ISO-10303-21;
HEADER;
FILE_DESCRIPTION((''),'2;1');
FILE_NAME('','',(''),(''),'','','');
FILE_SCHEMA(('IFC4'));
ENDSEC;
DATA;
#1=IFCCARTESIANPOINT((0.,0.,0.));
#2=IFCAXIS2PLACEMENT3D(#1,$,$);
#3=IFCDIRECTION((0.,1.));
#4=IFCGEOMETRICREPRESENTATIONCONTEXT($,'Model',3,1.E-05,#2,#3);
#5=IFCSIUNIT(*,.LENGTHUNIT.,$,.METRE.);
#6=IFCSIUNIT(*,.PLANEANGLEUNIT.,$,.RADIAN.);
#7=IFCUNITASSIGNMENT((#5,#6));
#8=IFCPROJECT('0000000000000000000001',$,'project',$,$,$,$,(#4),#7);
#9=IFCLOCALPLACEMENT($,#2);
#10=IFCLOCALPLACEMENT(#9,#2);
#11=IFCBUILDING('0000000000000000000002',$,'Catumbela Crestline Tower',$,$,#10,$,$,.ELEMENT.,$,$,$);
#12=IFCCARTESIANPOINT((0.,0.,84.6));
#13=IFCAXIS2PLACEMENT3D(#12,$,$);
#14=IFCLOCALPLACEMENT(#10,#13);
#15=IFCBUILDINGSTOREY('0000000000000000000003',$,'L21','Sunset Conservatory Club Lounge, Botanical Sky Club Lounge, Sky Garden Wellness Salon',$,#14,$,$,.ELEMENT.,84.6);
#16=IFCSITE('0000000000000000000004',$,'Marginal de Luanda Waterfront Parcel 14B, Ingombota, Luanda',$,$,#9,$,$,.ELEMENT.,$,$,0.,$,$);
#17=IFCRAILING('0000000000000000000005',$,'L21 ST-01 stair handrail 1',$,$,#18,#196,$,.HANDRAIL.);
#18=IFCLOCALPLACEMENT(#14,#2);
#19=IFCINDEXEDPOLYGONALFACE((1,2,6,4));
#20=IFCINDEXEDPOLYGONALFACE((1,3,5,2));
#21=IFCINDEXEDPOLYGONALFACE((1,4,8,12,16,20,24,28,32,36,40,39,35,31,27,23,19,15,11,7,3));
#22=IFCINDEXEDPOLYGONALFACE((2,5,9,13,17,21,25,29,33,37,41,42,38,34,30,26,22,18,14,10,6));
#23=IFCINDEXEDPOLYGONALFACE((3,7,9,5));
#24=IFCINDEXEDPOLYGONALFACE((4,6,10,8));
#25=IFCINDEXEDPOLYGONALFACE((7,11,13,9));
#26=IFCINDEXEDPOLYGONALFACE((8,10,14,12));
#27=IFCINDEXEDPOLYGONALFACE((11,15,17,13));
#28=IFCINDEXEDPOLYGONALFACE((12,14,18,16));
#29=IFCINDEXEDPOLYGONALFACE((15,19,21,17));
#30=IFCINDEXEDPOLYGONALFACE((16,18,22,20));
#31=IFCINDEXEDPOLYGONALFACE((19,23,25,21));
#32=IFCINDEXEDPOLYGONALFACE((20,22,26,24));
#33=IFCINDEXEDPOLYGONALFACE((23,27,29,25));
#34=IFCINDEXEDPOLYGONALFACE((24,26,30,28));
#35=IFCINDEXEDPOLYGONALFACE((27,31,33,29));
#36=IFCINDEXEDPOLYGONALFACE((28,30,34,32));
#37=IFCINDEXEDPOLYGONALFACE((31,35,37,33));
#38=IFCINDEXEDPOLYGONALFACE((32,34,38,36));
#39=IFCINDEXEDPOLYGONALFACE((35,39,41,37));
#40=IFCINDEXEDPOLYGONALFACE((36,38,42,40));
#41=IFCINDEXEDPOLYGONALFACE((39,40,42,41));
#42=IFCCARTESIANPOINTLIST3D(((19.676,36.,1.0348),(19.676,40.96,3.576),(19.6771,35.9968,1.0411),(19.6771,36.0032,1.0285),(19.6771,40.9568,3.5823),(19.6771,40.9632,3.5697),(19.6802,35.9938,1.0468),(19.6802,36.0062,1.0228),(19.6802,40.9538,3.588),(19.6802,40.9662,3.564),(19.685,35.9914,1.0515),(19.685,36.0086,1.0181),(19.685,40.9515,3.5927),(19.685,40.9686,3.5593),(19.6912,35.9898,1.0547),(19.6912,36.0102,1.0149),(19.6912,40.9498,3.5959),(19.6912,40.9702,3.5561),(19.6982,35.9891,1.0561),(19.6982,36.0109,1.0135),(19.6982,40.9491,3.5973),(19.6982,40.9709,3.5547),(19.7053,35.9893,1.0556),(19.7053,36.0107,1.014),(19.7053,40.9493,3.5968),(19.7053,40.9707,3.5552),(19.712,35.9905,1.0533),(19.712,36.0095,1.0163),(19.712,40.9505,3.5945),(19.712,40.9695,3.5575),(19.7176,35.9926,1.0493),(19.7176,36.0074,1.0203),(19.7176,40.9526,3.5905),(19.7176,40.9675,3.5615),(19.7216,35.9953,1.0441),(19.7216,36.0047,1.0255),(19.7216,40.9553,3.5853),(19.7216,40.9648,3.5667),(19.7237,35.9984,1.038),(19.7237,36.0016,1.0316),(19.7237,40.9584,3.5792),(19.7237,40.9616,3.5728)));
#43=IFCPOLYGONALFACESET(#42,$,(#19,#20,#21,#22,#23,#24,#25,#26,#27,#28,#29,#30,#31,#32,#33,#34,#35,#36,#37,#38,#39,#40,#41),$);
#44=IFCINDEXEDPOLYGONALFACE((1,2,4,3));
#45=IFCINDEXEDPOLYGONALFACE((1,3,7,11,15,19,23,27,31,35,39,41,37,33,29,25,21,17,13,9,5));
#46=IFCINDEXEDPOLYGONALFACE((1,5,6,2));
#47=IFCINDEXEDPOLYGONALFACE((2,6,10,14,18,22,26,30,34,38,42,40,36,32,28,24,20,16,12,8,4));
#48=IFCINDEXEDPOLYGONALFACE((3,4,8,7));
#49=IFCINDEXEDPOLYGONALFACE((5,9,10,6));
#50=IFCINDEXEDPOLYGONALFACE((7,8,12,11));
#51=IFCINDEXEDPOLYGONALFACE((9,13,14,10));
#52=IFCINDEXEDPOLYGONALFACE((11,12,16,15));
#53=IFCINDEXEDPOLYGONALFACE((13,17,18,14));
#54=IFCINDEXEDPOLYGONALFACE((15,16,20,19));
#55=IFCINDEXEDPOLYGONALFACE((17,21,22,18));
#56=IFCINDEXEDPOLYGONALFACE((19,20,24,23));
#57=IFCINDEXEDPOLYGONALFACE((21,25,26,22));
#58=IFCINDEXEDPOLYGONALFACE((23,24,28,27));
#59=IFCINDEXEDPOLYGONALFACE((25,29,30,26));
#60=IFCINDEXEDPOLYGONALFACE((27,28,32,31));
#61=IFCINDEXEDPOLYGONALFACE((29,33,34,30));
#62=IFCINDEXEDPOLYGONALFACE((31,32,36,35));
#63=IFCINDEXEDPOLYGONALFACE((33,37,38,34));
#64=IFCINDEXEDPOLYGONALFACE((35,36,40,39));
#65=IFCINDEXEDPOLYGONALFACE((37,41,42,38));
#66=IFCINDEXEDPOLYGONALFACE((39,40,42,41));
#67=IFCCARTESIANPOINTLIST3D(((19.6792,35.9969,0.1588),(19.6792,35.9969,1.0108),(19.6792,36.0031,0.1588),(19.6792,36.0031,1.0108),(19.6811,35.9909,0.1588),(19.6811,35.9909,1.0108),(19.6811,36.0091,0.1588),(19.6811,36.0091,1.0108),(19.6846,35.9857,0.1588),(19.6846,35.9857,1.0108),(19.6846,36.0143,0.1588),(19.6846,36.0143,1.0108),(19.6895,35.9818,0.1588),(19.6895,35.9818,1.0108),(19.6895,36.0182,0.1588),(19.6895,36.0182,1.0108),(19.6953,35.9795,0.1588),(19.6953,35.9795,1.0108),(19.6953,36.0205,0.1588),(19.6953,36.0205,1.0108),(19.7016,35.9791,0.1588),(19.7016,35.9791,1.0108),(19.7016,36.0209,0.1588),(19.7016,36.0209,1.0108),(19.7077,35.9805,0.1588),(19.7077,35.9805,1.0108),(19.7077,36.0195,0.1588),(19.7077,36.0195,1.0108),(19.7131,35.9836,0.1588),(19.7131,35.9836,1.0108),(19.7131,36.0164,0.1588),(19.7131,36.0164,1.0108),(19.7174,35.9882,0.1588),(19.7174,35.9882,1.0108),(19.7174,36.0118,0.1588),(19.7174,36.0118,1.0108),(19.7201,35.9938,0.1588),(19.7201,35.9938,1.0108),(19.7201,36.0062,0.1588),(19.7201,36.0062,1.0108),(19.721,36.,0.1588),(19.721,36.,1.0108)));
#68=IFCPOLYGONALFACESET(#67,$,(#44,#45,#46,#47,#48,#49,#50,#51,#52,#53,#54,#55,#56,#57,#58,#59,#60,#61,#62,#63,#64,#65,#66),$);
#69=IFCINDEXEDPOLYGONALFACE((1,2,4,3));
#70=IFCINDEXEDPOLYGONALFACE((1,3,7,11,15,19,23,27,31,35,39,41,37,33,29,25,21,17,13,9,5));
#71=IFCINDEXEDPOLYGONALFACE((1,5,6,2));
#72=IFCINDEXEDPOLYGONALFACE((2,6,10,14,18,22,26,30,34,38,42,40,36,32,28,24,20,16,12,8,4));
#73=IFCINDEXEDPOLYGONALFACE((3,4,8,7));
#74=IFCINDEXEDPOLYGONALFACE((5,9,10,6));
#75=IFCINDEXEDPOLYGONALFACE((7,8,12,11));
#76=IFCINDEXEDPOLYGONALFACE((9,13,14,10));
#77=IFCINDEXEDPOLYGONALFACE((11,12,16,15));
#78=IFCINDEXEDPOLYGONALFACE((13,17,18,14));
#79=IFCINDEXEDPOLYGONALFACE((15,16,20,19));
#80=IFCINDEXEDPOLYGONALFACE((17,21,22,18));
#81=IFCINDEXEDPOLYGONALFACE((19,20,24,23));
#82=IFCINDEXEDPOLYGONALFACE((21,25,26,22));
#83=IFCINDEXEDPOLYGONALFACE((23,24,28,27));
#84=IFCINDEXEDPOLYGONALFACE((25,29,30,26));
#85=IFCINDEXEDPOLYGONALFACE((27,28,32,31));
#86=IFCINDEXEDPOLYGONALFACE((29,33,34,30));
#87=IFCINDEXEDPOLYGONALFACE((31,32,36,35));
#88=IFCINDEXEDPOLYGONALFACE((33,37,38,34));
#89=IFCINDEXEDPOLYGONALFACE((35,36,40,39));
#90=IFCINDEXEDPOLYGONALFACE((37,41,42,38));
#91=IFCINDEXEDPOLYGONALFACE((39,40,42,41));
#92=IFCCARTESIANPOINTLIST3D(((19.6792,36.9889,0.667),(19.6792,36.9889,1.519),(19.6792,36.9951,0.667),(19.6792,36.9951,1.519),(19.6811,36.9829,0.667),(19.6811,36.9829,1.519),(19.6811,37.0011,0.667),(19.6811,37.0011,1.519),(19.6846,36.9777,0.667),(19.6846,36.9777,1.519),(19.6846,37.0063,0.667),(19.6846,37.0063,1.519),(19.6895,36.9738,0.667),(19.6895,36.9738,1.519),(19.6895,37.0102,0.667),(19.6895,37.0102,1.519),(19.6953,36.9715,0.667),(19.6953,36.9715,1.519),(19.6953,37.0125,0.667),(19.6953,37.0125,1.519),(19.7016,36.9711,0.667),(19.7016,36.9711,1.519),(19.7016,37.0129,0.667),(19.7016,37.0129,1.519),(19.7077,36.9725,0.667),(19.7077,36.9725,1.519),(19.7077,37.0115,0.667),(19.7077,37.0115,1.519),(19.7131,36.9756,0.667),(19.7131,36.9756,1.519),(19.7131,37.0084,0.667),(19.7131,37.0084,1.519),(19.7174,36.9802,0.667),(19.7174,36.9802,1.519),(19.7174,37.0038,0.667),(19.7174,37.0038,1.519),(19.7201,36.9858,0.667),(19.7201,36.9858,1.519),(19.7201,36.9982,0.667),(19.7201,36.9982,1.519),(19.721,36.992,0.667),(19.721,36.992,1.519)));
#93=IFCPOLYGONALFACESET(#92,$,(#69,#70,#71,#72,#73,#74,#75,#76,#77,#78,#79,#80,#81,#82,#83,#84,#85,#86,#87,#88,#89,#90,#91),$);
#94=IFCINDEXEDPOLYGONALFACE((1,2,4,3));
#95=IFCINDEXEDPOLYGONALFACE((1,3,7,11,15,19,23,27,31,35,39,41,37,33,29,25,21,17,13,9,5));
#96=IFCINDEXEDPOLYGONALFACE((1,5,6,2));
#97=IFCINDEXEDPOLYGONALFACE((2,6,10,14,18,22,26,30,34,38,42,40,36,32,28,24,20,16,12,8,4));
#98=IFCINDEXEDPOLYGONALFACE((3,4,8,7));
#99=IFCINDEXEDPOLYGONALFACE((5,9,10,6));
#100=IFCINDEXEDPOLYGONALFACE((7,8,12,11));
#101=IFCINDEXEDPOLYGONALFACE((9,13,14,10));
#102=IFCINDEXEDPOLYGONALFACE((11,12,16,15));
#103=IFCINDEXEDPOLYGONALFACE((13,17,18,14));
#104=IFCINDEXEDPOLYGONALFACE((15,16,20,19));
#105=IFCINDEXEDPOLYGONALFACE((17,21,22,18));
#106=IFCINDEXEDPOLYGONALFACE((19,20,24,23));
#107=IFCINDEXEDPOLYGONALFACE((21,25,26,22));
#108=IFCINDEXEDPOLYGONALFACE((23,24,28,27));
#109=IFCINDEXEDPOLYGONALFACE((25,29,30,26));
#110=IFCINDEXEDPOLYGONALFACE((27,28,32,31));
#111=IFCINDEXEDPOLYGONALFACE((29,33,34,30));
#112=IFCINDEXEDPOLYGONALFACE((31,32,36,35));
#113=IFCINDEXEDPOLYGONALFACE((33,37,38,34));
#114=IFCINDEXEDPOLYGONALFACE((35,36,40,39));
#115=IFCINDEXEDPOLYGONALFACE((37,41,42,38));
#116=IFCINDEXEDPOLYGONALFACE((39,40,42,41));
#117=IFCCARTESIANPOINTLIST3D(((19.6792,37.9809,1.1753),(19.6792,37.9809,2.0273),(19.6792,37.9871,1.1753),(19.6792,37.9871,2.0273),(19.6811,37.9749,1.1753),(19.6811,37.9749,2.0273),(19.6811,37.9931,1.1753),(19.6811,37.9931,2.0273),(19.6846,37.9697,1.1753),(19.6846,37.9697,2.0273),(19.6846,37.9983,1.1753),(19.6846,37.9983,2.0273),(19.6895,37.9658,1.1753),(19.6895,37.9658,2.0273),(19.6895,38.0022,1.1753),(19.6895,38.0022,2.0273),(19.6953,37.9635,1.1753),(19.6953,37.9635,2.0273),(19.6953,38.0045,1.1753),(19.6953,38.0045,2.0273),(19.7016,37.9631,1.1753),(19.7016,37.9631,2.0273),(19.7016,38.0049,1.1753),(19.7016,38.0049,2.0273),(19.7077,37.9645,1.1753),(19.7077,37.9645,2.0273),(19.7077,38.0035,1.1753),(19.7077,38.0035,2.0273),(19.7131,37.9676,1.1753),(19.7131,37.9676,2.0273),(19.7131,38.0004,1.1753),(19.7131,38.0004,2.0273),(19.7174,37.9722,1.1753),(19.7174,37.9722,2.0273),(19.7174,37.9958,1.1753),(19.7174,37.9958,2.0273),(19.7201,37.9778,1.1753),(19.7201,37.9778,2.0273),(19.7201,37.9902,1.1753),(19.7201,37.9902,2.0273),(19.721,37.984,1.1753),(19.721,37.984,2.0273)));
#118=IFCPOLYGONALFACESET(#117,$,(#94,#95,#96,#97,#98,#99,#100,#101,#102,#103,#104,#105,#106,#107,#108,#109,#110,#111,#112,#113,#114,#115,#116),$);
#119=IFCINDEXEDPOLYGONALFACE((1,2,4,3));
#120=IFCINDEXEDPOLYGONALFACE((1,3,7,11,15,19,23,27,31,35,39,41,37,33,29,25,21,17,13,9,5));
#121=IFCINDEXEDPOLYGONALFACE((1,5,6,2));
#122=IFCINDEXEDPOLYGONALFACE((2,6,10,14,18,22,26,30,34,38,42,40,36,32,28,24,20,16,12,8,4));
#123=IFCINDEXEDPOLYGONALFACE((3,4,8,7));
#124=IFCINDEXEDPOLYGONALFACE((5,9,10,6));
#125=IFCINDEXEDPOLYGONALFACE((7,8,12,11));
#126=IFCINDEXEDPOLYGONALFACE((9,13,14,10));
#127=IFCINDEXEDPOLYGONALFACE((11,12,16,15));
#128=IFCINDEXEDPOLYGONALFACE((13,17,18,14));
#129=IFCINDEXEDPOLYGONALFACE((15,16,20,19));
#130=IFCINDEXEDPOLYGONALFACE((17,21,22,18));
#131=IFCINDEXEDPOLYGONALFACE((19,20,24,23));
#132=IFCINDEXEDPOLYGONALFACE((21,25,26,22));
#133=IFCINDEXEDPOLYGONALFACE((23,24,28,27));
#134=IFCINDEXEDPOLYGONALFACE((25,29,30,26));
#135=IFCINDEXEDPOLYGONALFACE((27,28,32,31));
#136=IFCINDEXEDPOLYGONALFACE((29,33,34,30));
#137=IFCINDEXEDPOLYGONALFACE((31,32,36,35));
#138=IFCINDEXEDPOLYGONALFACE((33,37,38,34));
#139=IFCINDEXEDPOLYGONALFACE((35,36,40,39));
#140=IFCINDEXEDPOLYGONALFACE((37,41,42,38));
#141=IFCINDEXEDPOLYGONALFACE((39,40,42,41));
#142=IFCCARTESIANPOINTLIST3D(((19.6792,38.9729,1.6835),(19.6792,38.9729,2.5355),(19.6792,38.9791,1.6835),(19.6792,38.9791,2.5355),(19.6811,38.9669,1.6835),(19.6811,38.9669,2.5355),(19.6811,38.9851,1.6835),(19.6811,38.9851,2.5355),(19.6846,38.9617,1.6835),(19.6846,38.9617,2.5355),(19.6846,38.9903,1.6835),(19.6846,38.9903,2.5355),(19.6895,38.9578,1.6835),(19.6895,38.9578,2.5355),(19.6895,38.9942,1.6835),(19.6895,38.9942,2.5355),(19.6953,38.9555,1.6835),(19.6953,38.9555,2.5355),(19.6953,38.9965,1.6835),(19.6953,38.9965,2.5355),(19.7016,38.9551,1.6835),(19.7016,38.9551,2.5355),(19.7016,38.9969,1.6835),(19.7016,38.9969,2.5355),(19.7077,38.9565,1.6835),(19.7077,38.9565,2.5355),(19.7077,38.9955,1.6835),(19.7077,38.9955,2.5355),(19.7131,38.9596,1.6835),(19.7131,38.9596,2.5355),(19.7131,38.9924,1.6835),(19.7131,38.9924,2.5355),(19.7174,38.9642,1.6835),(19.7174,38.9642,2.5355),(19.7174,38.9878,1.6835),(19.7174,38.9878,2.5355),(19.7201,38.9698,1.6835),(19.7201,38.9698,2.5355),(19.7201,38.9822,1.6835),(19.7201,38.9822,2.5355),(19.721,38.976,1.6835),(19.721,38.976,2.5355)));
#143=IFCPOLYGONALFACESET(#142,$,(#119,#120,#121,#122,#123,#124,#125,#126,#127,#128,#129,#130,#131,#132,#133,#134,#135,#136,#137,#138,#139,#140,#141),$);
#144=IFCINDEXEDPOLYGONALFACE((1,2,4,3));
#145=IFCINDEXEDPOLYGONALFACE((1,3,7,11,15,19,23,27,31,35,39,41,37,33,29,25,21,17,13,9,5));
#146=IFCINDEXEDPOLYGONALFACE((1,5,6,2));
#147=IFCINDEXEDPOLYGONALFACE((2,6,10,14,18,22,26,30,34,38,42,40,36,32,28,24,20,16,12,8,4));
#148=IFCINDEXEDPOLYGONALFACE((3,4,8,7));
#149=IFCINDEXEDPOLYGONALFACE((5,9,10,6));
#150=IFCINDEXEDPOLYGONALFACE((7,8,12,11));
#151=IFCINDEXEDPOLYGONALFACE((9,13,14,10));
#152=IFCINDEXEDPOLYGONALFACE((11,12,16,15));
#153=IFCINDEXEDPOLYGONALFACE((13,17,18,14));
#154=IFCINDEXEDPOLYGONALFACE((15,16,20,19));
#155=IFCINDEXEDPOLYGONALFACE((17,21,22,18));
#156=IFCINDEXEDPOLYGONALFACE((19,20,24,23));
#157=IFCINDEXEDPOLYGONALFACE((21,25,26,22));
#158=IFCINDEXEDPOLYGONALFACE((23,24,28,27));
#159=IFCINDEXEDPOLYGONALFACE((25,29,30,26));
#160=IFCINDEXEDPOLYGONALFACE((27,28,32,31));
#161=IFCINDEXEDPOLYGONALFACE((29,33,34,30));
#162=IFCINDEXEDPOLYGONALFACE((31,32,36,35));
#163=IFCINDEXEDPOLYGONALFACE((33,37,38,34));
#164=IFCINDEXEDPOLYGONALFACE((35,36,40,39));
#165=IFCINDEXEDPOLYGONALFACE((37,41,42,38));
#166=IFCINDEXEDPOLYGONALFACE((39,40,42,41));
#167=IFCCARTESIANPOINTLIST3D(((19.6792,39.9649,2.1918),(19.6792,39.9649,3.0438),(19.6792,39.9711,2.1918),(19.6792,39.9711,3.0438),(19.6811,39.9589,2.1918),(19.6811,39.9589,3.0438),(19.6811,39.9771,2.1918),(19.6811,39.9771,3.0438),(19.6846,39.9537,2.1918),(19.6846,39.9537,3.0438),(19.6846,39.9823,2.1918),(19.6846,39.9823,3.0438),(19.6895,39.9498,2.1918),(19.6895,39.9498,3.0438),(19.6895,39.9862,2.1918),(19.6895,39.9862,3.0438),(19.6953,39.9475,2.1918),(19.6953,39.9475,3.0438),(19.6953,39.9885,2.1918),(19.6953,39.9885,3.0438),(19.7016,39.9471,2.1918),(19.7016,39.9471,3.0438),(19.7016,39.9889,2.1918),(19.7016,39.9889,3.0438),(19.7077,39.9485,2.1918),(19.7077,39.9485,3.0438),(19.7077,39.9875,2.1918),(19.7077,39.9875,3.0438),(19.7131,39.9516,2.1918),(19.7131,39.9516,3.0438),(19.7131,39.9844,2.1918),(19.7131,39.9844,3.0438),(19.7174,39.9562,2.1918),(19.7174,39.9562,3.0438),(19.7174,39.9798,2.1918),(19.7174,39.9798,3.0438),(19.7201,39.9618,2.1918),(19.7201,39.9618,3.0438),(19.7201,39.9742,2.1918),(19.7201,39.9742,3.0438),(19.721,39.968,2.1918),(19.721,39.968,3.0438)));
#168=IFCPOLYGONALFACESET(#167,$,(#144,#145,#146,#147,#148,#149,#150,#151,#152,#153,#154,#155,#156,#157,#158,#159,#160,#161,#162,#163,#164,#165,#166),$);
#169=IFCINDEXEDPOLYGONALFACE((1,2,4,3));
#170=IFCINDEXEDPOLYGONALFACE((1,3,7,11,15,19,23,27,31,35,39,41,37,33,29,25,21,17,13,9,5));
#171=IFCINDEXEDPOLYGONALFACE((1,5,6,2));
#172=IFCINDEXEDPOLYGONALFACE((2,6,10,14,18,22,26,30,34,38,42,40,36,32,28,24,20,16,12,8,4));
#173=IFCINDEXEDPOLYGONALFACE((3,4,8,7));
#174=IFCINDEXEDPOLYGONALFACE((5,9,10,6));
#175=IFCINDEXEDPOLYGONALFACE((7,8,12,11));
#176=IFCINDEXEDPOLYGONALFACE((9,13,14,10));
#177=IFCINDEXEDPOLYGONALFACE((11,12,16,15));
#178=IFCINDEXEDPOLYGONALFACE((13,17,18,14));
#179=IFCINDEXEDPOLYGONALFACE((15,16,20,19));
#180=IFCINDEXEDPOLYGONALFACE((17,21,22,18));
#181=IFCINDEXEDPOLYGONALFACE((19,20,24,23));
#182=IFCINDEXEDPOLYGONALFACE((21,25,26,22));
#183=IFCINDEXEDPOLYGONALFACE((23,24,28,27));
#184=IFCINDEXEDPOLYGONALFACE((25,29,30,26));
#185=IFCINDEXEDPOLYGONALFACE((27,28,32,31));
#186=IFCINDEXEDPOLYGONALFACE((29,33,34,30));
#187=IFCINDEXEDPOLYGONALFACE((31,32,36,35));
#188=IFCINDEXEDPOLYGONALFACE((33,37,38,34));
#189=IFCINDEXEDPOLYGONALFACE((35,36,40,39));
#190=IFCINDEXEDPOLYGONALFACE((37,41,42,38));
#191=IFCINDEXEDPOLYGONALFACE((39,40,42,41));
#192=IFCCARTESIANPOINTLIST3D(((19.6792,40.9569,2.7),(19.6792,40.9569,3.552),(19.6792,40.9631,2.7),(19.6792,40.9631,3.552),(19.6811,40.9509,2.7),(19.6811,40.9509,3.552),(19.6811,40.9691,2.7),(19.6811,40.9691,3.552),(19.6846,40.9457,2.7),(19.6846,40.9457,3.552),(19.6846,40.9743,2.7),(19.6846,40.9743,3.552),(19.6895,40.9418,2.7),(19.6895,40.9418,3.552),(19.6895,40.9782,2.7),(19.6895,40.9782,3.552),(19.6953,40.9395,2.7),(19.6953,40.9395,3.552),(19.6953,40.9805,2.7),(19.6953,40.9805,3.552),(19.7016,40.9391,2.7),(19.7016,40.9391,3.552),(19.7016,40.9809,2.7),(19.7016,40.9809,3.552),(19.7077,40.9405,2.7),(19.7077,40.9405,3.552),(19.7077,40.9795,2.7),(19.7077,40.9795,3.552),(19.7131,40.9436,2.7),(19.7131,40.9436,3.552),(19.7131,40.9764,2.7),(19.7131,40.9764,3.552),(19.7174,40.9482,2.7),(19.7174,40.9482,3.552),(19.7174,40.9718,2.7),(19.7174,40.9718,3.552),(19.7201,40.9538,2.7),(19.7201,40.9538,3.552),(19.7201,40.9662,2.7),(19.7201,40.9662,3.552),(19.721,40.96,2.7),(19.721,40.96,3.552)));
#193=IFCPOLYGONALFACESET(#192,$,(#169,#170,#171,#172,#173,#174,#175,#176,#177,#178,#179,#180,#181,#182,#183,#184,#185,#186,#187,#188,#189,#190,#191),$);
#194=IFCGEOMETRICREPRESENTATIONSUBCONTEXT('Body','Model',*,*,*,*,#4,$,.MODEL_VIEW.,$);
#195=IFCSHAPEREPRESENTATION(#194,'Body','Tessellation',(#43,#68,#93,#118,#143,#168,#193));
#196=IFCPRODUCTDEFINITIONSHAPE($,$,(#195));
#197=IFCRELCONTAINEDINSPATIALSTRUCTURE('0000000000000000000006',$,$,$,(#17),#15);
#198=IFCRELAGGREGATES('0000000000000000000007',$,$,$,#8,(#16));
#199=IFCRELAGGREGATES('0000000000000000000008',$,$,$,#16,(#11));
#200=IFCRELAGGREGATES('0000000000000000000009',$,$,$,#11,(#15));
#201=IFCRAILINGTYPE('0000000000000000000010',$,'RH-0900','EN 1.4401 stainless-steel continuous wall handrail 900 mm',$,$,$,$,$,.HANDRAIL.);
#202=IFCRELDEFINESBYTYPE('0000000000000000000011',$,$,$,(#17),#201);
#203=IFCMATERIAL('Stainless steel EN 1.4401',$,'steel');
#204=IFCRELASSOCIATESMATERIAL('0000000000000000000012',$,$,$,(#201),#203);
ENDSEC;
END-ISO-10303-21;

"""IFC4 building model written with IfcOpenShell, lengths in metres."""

from ifc_helpers import new_model, si_unit, direction, frame, origin, origin_2d, place, context, subcontext, project, spatial, circle, extrude, material, type_object, element, save


model = new_model("IFC4")

# Units and contexts
model_context = context("Model", 3, precision=1e-05, world=origin(), true_north=direction((0.0, 1.0)))
body_context = subcontext(model_context, "Body", "Model", "MODEL_VIEW")
ifc_project = project(units=[si_unit("LENGTHUNIT", "METRE"), si_unit("PLANEANGLEUNIT", "RADIAN")], contexts=[model_context])

# Site, building, storey
site_placement = place(None, origin())
site = spatial("IfcSite", under=ifc_project, at=site_placement, Name="Marginal de Luanda Waterfront Parcel 14B, Ingombota, Luanda", CompositionType="ELEMENT", RefElevation=0.0)
building_placement = place(site_placement, origin())
building = spatial("IfcBuilding", under=site, at=building_placement, Name="Catumbela Crestline Tower", CompositionType="ELEMENT")
storey_placement = place(building_placement, frame((0.0, 0.0, 84.6)))
storey = spatial("IfcBuildingStorey", under=building, at=storey_placement, Name="L21", Description="Sunset Conservatory Club Lounge, Botanical Sky Club Lounge, Sky Garden Wellness Salon", CompositionType="ELEMENT", Elevation=84.6)

# Shared definitions
ifc_material_1 = material(Name="Stainless steel EN 1.4401", Category="steel")

# Railing
railing_type = type_object("IfcRailingType", Name="RH-0900", Description="EN 1.4401 stainless-steel continuous wall handrail 900 mm", PredefinedType="HANDRAIL", material=ifc_material_1)
railing_placement = place(storey_placement, frame((19.7, 36.0, 0.1588)))
element("IfcRailing", 1, at=railing_placement, inside=storey, type_object=railing_type, Name="L21 ST-01 stair handrail 1", PredefinedType="HANDRAIL", context=body_context, shape_type="SweptSolid", body=[
    extrude(circle(Radius=0.024, at=origin_2d()), frame((0.0, 0.0, 0.876), z_axis=(0.0, 0.889992, 0.455977), x_axis=(-1.0, 0.0, 0.0)), (0.0, 0.0, 1.0), 5.5731),
    extrude(circle(Radius=0.021, at=origin_2d()), origin(), (0.0, 0.0, 1.0), 0.852),
    extrude(circle(Radius=0.021, at=origin_2d()), frame((0.0, 0.992, 0.5082)), (0.0, 0.0, 1.0), 0.852),
    extrude(circle(Radius=0.021, at=origin_2d()), frame((0.0, 1.984, 1.0165)), (0.0, 0.0, 1.0), 0.852),
    extrude(circle(Radius=0.021, at=origin_2d()), frame((0.0, 2.976, 1.5247)), (0.0, 0.0, 1.0), 0.852),
    extrude(circle(Radius=0.021, at=origin_2d()), frame((0.0, 3.968, 2.033)), (0.0, 0.0, 1.0), 0.852),
    extrude(circle(Radius=0.021, at=origin_2d()), frame((0.0, 4.96, 2.5412)), (0.0, 0.0, 1.0), 0.852),
])

save(model, "model.ifc")
